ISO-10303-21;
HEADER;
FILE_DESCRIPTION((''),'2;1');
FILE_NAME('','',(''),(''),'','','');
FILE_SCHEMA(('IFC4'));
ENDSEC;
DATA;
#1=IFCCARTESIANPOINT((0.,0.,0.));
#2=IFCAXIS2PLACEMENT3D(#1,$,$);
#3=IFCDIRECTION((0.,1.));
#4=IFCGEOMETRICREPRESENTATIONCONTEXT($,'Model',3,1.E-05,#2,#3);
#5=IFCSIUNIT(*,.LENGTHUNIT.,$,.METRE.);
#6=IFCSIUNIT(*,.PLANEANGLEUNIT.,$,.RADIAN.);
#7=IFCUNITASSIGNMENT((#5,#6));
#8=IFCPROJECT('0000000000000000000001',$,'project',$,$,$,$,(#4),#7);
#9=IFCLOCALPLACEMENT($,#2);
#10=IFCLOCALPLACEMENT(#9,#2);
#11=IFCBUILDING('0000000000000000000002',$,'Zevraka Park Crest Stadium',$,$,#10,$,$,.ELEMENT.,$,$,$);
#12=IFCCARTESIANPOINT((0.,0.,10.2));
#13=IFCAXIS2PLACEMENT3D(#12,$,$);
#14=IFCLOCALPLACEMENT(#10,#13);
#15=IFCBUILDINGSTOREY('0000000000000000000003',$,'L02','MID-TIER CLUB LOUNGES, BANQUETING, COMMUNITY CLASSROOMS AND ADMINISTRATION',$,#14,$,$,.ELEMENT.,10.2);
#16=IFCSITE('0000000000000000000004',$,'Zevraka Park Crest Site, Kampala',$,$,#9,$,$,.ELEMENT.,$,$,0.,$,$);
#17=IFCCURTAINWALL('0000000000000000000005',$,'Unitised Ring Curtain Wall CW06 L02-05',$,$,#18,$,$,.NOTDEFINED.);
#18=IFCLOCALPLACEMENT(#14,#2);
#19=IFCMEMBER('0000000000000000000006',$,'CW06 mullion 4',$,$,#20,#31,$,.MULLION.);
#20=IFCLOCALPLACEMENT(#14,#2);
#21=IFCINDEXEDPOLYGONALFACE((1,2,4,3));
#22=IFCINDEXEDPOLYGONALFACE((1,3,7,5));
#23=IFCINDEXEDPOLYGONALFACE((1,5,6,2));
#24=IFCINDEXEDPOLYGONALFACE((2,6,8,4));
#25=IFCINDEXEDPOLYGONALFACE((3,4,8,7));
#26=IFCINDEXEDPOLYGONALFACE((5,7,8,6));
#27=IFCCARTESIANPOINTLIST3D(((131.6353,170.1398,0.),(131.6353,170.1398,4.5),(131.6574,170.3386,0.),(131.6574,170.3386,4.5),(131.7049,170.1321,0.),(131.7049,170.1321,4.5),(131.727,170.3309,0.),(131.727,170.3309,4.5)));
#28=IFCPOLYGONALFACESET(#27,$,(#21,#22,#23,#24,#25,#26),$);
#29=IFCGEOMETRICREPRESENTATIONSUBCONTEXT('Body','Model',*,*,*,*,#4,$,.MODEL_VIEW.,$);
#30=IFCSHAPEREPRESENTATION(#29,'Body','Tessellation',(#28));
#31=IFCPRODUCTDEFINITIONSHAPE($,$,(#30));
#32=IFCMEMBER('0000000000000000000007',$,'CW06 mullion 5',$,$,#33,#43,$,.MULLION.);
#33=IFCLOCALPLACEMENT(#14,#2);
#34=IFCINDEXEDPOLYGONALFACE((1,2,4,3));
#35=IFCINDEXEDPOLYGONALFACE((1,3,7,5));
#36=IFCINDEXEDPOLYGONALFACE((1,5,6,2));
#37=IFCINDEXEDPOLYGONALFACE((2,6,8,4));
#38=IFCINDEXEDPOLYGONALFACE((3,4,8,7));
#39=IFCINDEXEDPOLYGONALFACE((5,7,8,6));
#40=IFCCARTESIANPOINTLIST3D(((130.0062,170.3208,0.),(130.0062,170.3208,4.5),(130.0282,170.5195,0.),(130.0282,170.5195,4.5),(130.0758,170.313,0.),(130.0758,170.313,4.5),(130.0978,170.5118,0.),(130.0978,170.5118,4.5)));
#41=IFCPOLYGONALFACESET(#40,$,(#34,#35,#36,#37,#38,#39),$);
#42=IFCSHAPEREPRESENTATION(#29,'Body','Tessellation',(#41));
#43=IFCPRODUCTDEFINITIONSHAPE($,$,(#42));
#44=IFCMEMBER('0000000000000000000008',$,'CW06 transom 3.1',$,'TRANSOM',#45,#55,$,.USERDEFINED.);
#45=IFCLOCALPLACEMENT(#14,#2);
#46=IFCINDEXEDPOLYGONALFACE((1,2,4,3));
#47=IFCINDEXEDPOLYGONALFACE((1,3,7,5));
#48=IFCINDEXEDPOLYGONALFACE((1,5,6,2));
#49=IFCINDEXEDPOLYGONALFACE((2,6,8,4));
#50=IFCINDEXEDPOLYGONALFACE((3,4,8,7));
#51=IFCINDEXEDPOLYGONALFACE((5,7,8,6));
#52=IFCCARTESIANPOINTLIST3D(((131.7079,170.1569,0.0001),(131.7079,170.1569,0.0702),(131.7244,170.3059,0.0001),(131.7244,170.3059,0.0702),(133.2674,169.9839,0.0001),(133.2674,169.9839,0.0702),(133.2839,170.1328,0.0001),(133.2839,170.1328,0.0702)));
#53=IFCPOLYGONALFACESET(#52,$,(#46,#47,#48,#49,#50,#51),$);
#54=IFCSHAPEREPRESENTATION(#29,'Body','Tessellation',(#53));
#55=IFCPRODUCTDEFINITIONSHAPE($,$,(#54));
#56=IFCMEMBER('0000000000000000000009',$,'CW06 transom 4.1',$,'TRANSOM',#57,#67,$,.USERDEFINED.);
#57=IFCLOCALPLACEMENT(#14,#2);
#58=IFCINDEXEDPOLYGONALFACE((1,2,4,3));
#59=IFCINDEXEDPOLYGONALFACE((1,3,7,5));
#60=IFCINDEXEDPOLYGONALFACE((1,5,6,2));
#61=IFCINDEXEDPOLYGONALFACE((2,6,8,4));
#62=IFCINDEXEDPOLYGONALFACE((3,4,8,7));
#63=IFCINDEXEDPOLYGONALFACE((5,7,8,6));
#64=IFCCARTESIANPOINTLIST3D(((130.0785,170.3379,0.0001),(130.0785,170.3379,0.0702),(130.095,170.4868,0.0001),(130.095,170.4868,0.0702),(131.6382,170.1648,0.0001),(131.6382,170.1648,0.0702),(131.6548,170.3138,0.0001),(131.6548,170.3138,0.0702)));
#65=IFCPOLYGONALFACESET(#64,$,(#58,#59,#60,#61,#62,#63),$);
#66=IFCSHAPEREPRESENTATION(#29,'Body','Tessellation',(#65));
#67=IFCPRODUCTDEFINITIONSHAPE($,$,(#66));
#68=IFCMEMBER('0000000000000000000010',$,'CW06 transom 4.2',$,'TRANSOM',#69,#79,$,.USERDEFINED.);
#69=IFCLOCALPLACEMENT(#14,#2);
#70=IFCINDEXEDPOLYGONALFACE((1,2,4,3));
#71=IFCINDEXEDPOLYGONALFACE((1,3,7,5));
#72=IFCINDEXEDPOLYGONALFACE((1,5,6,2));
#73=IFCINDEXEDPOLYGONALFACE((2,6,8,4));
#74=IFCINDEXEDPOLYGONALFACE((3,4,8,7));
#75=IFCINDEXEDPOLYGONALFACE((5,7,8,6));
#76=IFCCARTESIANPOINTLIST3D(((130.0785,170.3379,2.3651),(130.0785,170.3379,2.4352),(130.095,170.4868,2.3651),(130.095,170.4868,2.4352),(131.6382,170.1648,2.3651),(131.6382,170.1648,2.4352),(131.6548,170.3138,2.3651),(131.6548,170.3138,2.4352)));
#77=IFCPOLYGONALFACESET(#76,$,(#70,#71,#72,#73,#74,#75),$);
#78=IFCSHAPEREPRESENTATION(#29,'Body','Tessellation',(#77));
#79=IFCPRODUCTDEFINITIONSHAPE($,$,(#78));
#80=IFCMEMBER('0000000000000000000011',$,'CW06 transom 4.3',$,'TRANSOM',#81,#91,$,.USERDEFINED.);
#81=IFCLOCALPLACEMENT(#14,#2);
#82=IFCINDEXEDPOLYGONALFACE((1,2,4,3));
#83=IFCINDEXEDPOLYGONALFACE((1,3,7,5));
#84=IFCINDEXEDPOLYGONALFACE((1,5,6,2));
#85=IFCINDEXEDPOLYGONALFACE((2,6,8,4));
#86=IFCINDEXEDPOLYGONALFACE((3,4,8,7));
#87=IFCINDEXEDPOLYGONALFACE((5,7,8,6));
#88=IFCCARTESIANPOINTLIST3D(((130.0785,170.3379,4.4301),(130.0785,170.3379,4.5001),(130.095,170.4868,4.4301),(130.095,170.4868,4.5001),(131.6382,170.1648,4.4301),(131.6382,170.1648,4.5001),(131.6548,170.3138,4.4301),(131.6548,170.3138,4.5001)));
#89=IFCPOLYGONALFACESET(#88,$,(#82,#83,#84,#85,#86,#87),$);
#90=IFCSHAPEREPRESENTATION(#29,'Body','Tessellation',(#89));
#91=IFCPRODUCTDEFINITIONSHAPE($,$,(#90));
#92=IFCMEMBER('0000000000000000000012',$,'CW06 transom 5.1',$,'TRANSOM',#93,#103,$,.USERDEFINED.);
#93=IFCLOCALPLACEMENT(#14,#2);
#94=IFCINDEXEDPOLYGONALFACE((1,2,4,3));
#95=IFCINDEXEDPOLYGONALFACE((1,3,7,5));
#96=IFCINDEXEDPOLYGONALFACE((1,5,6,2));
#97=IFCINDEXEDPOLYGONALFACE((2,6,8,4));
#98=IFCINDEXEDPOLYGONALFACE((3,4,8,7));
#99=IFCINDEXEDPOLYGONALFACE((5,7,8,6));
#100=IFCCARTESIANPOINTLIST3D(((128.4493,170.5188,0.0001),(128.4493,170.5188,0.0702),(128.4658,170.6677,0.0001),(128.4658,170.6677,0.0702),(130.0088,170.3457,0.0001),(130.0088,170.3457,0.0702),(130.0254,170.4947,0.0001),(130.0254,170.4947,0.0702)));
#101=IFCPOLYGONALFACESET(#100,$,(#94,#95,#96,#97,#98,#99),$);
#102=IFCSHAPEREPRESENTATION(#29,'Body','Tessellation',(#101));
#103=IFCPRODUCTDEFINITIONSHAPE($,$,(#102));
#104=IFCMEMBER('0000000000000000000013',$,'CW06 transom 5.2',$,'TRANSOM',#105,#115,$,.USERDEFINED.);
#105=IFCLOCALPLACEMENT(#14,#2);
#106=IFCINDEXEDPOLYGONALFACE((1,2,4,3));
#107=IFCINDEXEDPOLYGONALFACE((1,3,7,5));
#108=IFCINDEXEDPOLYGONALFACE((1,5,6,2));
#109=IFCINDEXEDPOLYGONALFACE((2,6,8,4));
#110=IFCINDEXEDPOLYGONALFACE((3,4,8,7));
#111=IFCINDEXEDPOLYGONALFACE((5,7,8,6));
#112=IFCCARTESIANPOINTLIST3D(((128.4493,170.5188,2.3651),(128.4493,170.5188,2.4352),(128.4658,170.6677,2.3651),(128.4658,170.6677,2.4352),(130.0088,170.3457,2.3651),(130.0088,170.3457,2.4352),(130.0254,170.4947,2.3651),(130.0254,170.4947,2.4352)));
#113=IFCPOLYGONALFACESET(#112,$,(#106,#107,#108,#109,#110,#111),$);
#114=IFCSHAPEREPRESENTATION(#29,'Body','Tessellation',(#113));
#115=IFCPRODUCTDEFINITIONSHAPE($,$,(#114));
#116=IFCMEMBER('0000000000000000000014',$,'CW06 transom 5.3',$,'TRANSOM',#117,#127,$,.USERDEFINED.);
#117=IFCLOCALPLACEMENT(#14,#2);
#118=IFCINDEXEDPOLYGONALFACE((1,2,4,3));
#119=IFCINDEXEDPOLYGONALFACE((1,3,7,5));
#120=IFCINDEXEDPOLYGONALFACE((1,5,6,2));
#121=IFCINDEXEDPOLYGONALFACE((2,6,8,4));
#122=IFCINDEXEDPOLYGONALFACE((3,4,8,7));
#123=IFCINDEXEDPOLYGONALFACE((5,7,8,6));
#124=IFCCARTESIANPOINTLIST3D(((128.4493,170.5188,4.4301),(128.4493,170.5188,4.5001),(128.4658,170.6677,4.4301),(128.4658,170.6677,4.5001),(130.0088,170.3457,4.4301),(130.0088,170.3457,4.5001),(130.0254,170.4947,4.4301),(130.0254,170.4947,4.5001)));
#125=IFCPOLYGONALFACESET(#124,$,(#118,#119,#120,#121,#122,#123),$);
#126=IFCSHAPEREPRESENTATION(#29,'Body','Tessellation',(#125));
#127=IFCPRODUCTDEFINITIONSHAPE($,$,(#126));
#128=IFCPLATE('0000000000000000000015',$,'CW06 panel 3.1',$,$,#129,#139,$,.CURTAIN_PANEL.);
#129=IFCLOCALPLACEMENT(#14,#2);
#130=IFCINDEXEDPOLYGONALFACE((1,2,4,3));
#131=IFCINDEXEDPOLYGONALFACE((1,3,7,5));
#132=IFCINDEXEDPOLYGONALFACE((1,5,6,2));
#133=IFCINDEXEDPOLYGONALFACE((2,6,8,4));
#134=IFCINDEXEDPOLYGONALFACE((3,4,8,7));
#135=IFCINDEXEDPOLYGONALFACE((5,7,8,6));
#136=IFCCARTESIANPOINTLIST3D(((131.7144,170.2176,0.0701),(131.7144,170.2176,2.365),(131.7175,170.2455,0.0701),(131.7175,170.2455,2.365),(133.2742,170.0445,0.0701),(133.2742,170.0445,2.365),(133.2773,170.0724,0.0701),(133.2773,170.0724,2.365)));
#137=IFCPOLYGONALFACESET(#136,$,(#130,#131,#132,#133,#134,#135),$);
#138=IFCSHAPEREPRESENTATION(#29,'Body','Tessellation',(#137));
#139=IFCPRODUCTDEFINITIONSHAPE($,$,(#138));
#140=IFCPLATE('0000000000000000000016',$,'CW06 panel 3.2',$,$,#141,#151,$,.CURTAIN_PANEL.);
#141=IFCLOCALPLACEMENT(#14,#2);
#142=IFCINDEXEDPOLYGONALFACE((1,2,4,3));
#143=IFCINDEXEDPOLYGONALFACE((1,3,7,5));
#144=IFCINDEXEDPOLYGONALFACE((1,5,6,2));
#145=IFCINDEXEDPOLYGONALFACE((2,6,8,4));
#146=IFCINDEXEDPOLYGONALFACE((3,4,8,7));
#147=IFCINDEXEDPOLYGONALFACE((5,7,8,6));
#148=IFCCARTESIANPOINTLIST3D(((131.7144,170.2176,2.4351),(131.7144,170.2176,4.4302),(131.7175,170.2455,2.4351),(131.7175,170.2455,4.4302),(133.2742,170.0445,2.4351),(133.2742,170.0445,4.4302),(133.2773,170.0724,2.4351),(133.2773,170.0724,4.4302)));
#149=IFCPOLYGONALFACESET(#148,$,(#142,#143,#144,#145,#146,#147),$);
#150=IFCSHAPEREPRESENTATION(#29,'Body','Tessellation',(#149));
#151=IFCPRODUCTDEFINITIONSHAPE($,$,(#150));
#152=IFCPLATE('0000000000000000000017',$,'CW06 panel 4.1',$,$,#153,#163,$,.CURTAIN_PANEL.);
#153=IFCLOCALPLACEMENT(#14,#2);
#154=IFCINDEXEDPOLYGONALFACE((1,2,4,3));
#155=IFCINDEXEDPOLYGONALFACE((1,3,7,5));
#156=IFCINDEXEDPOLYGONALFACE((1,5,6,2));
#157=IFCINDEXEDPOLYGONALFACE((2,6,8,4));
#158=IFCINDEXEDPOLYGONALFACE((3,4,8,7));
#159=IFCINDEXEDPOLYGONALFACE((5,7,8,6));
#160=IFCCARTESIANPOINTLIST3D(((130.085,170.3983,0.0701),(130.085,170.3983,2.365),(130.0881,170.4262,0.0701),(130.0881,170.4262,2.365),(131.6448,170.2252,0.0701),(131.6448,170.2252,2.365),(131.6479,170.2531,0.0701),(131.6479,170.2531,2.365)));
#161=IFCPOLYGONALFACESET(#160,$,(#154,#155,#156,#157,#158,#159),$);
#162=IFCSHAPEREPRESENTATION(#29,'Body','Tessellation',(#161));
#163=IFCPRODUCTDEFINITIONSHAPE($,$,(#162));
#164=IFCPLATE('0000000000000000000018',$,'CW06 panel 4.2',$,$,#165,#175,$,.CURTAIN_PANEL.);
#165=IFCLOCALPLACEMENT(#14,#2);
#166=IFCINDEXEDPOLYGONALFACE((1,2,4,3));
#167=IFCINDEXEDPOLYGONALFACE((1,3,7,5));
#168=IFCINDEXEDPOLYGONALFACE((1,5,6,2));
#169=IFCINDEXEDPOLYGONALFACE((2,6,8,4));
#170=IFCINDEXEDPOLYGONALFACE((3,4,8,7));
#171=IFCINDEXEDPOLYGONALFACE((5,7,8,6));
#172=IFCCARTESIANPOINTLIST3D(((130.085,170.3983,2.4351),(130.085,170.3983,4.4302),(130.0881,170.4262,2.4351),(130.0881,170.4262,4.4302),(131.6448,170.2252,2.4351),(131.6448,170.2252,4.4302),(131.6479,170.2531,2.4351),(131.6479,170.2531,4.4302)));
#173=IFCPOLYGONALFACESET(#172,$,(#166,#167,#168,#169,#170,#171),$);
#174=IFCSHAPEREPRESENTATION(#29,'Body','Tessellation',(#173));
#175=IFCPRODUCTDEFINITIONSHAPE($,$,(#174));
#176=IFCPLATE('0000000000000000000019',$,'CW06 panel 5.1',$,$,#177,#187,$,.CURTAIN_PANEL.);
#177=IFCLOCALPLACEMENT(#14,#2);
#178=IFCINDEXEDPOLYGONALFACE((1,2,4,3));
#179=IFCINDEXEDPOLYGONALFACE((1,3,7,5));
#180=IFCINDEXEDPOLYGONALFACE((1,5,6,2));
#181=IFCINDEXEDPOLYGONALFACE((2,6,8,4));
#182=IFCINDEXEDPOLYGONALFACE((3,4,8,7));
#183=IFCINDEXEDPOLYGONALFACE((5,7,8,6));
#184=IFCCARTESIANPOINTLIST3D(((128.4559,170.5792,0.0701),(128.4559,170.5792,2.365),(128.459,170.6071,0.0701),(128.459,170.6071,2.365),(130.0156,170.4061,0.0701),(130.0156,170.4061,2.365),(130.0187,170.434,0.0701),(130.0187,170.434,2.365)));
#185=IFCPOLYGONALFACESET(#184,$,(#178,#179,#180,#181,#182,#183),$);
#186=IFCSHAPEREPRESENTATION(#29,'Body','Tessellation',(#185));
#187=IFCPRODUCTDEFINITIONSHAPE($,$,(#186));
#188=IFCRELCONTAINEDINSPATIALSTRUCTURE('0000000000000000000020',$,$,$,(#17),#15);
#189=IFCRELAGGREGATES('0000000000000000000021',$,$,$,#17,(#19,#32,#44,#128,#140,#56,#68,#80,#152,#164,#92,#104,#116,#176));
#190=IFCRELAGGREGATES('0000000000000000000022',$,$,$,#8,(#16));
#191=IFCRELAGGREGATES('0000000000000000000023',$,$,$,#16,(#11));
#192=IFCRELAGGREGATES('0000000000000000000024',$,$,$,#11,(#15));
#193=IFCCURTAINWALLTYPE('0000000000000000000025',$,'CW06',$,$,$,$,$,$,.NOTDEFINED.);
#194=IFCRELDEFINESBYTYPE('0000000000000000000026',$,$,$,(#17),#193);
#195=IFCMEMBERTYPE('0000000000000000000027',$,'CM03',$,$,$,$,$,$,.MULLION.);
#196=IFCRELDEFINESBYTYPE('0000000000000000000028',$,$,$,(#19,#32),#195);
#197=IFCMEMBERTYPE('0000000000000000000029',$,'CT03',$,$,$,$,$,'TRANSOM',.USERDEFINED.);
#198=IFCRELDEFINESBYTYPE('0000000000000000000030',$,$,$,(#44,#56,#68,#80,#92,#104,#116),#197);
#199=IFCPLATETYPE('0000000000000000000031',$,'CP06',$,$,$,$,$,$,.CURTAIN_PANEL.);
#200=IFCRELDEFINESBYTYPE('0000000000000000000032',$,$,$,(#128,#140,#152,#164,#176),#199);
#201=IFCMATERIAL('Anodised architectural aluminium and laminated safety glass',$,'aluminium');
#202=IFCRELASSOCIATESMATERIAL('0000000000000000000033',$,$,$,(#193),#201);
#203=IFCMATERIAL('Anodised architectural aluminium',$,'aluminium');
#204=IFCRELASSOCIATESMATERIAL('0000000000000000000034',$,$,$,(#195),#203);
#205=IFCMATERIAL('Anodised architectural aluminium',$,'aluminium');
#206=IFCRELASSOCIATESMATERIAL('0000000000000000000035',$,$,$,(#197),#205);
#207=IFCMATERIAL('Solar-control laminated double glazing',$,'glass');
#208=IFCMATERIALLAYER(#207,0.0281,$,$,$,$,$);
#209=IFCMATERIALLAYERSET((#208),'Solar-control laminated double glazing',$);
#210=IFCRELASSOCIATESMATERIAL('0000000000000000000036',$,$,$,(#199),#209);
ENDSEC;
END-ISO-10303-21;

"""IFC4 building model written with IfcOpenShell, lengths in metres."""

from ifc_helpers import new_model, si_unit, direction, frame, origin, origin_2d, place, context, subcontext, project, spatial, rectangle, extrude, material, layer, layer_set, material_profile, profile_set, type_object, element, aggregate, save


model = new_model("IFC4")

# Units and contexts
model_context = context("Model", 3, precision=1e-05, world=origin(), true_north=direction((0.0, 1.0)))
body_context = subcontext(model_context, "Body", "Model", "MODEL_VIEW")
ifc_project = project(units=[si_unit("LENGTHUNIT", "METRE"), si_unit("PLANEANGLEUNIT", "RADIAN")], contexts=[model_context])

# Site, building, storey
site_placement = place(None, origin())
site = spatial("IfcSite", under=ifc_project, at=site_placement, Name="Zevraka Park Crest Site, Kampala", CompositionType="ELEMENT", RefElevation=0.0)
building_placement = place(site_placement, origin())
building = spatial("IfcBuilding", under=site, at=building_placement, Name="Zevraka Park Crest Stadium", CompositionType="ELEMENT")
storey_placement = place(building_placement, frame((0.0, 0.0, 10.2)))
storey = spatial("IfcBuildingStorey", under=building, at=storey_placement, Name="L02", Description="MID-TIER CLUB LOUNGES, BANQUETING, COMMUNITY CLASSROOMS AND ADMINISTRATION", CompositionType="ELEMENT", Elevation=10.2)

# Curtain wall, members, plates
ifc_material_1 = material(Name="Anodised architectural aluminium and laminated safety glass", Category="aluminium")
curtain_wall_type = type_object("IfcCurtainWallType", Name="CW06", PredefinedType="NOTDEFINED", material=ifc_material_1)
curtain_wall_placement = place(storey_placement, origin())
curtain_wall = element("IfcCurtainWall", 1, at=curtain_wall_placement, inside=storey, type_object=curtain_wall_type, Name="Unitised Ring Curtain Wall CW06 L02-05", PredefinedType="NOTDEFINED")
ifc_material_2 = material(Name="Anodised architectural aluminium", Category="aluminium")
ifc_material_profile_1 = material_profile(ifc_material_2, rectangle(XDim=0.2, YDim=0.0701, at=origin_2d()), Name="ALU MULLION 200x70")
ifc_profile_set_1 = profile_set([ifc_material_profile_1], Name="Anodised architectural aluminium")
member_type_1 = type_object("IfcMemberType", Name="CM03", PredefinedType="MULLION", material=ifc_profile_set_1)
member_1_placement = place(storey_placement, frame((131.6812, 170.2354, 0.0), z_axis=(0.0, 0.0, 1.0), x_axis=(-0.110293, -0.993899, 0.0)))
member_1 = element("IfcMember", 2, at=member_1_placement, type_object=member_type_1, Name="CW06 mullion 4", PredefinedType="MULLION", context=body_context, shape_type="SweptSolid", body=[
    extrude(rectangle(XDim=0.2, YDim=0.0701, at=origin_2d()), origin(), (0.0, 0.0, 1.0), 4.5),
])
member_2_placement = place(storey_placement, frame((130.052, 170.4163, 0.0), z_axis=(0.0, 0.0, 1.0), x_axis=(-0.110293, -0.993899, 0.0)))
member_2 = element("IfcMember", 3, at=member_2_placement, type_object=member_type_1, Name="CW06 mullion 5", PredefinedType="MULLION", context=body_context, shape_type="SweptSolid", body=[
    extrude(rectangle(XDim=0.2, YDim=0.0701, at=origin_2d()), origin(), (0.0, 0.0, 1.0), 4.5),
])
ifc_material_3 = material(Name="Anodised architectural aluminium", Category="aluminium")
ifc_material_profile_2 = material_profile(ifc_material_3, rectangle(XDim=0.1499, YDim=0.0701, at=origin_2d()), Name="ALU TRANSOM 150x70")
ifc_profile_set_2 = profile_set([ifc_material_profile_2], Name="Anodised architectural aluminium")
member_type_2 = type_object("IfcMemberType", Name="CT03", ElementType="TRANSOM", PredefinedType="USERDEFINED", material=ifc_profile_set_2)
member_3_placement = place(storey_placement, frame((133.2756, 170.0583, 0.0352), z_axis=(-0.993897, 0.110312, 0.0), x_axis=(-0.110312, -0.993897, 0.0)))
member_3 = element("IfcMember", 4, at=member_3_placement, type_object=member_type_2, Name="CW06 transom 3.1", ObjectType="TRANSOM", PredefinedType="USERDEFINED", context=body_context, shape_type="SweptSolid", body=[
    extrude(rectangle(XDim=0.1499, YDim=0.0701, at=origin_2d()), origin(), (0.0, 0.0, 1.0), 1.5691),
])
member_4_placement = place(storey_placement, frame((131.6465, 170.2393, 0.0352), z_axis=(-0.993899, 0.110295, 0.0), x_axis=(-0.110295, -0.993899, 0.0)))
member_4 = element("IfcMember", 5, at=member_4_placement, type_object=member_type_2, Name="CW06 transom 4.1", ObjectType="TRANSOM", PredefinedType="USERDEFINED", context=body_context, shape_type="SweptSolid", body=[
    extrude(rectangle(XDim=0.1499, YDim=0.0701, at=origin_2d()), origin(), (0.0, 0.0, 1.0), 1.5693),
])
member_5_placement = place(storey_placement, frame((131.6465, 170.2393, 2.4001), z_axis=(-0.993899, 0.110295, 0.0), x_axis=(-0.110295, -0.993899, 0.0)))
member_5 = element("IfcMember", 6, at=member_5_placement, type_object=member_type_2, Name="CW06 transom 4.2", ObjectType="TRANSOM", PredefinedType="USERDEFINED", context=body_context, shape_type="SweptSolid", body=[
    extrude(rectangle(XDim=0.1499, YDim=0.0701, at=origin_2d()), origin(), (0.0, 0.0, 1.0), 1.5693),
])
member_6_placement = place(storey_placement, frame((131.6465, 170.2393, 4.4651), z_axis=(-0.993899, 0.110295, 0.0), x_axis=(-0.110295, -0.993899, 0.0)))
member_6 = element("IfcMember", 7, at=member_6_placement, type_object=member_type_2, Name="CW06 transom 4.3", ObjectType="TRANSOM", PredefinedType="USERDEFINED", context=body_context, shape_type="SweptSolid", body=[
    extrude(rectangle(XDim=0.1499, YDim=0.0701, at=origin_2d()), origin(), (0.0, 0.0, 1.0), 1.5693),
])
member_7_placement = place(storey_placement, frame((130.0171, 170.4202, 0.0352), z_axis=(-0.993897, 0.110312, 0.0), x_axis=(-0.110312, -0.993897, 0.0)))
member_7 = element("IfcMember", 8, at=member_7_placement, type_object=member_type_2, Name="CW06 transom 5.1", ObjectType="TRANSOM", PredefinedType="USERDEFINED", context=body_context, shape_type="SweptSolid", body=[
    extrude(rectangle(XDim=0.1499, YDim=0.0701, at=origin_2d()), origin(), (0.0, 0.0, 1.0), 1.5691),
])
member_8_placement = place(storey_placement, frame((130.0171, 170.4202, 2.4001), z_axis=(-0.993897, 0.110312, 0.0), x_axis=(-0.110312, -0.993897, 0.0)))
member_8 = element("IfcMember", 9, at=member_8_placement, type_object=member_type_2, Name="CW06 transom 5.2", ObjectType="TRANSOM", PredefinedType="USERDEFINED", context=body_context, shape_type="SweptSolid", body=[
    extrude(rectangle(XDim=0.1499, YDim=0.0701, at=origin_2d()), origin(), (0.0, 0.0, 1.0), 1.5691),
])
member_9_placement = place(storey_placement, frame((130.0171, 170.4202, 4.4651), z_axis=(-0.993897, 0.110312, 0.0), x_axis=(-0.110312, -0.993897, 0.0)))
member_9 = element("IfcMember", 10, at=member_9_placement, type_object=member_type_2, Name="CW06 transom 5.3", ObjectType="TRANSOM", PredefinedType="USERDEFINED", context=body_context, shape_type="SweptSolid", body=[
    extrude(rectangle(XDim=0.1499, YDim=0.0701, at=origin_2d()), origin(), (0.0, 0.0, 1.0), 1.5691),
])
ifc_material_4 = material(Name="Solar-control laminated double glazing", Category="glass")
ifc_layer_1 = layer(ifc_material_4, 0.0281)
ifc_layer_set_1 = layer_set([ifc_layer_1], Name="Solar-control laminated double glazing")
plate_type = type_object("IfcPlateType", Name="CP06", PredefinedType="CURTAIN_PANEL", material=ifc_layer_set_1)
plate_1_placement = place(storey_placement, frame((132.4958, 170.145, 0.0701), z_axis=(0.0, 0.0, 1.0), x_axis=(-0.993899, 0.110293, 0.0)))
plate_1 = element("IfcPlate", 11, at=plate_1_placement, type_object=plate_type, Name="CW06 panel 3.1", PredefinedType="CURTAIN_PANEL", context=body_context, shape_type="SweptSolid", body=[
    extrude(rectangle(XDim=1.5693, YDim=0.0281, at=origin_2d()), origin(), (0.0, 0.0, 1.0), 2.2949),
])
plate_2_placement = place(storey_placement, frame((132.4958, 170.145, 2.4351), z_axis=(0.0, 0.0, 1.0), x_axis=(-0.993899, 0.110293, 0.0)))
plate_2 = element("IfcPlate", 12, at=plate_2_placement, type_object=plate_type, Name="CW06 panel 3.2", PredefinedType="CURTAIN_PANEL", context=body_context, shape_type="SweptSolid", body=[
    extrude(rectangle(XDim=1.5693, YDim=0.0281, at=origin_2d()), origin(), (0.0, 0.0, 1.0), 1.9951),
])
plate_3_placement = place(storey_placement, frame((130.8665, 170.3257, 0.0701), z_axis=(0.0, 0.0, 1.0), x_axis=(-0.993899, 0.110293, 0.0)))
plate_3 = element("IfcPlate", 13, at=plate_3_placement, type_object=plate_type, Name="CW06 panel 4.1", PredefinedType="CURTAIN_PANEL", context=body_context, shape_type="SweptSolid", body=[
    extrude(rectangle(XDim=1.5693, YDim=0.0281, at=origin_2d()), origin(), (0.0, 0.0, 1.0), 2.2949),
])
plate_4_placement = place(storey_placement, frame((130.8665, 170.3257, 2.4351), z_axis=(0.0, 0.0, 1.0), x_axis=(-0.993899, 0.110293, 0.0)))
plate_4 = element("IfcPlate", 14, at=plate_4_placement, type_object=plate_type, Name="CW06 panel 4.2", PredefinedType="CURTAIN_PANEL", context=body_context, shape_type="SweptSolid", body=[
    extrude(rectangle(XDim=1.5693, YDim=0.0281, at=origin_2d()), origin(), (0.0, 0.0, 1.0), 1.9951),
])
plate_5_placement = place(storey_placement, frame((129.2373, 170.5066, 0.0701), z_axis=(0.0, 0.0, 1.0), x_axis=(-0.993899, 0.110293, 0.0)))
plate_5 = element("IfcPlate", 15, at=plate_5_placement, type_object=plate_type, Name="CW06 panel 5.1", PredefinedType="CURTAIN_PANEL", context=body_context, shape_type="SweptSolid", body=[
    extrude(rectangle(XDim=1.5693, YDim=0.0281, at=origin_2d()), origin(), (0.0, 0.0, 1.0), 2.2949),
])
aggregate(curtain_wall, [member_1, member_2, member_3, plate_1, plate_2, member_4, member_5, member_6, plate_3, plate_4, member_7, member_8, member_9, plate_5])

save(model, "model.ifc")
